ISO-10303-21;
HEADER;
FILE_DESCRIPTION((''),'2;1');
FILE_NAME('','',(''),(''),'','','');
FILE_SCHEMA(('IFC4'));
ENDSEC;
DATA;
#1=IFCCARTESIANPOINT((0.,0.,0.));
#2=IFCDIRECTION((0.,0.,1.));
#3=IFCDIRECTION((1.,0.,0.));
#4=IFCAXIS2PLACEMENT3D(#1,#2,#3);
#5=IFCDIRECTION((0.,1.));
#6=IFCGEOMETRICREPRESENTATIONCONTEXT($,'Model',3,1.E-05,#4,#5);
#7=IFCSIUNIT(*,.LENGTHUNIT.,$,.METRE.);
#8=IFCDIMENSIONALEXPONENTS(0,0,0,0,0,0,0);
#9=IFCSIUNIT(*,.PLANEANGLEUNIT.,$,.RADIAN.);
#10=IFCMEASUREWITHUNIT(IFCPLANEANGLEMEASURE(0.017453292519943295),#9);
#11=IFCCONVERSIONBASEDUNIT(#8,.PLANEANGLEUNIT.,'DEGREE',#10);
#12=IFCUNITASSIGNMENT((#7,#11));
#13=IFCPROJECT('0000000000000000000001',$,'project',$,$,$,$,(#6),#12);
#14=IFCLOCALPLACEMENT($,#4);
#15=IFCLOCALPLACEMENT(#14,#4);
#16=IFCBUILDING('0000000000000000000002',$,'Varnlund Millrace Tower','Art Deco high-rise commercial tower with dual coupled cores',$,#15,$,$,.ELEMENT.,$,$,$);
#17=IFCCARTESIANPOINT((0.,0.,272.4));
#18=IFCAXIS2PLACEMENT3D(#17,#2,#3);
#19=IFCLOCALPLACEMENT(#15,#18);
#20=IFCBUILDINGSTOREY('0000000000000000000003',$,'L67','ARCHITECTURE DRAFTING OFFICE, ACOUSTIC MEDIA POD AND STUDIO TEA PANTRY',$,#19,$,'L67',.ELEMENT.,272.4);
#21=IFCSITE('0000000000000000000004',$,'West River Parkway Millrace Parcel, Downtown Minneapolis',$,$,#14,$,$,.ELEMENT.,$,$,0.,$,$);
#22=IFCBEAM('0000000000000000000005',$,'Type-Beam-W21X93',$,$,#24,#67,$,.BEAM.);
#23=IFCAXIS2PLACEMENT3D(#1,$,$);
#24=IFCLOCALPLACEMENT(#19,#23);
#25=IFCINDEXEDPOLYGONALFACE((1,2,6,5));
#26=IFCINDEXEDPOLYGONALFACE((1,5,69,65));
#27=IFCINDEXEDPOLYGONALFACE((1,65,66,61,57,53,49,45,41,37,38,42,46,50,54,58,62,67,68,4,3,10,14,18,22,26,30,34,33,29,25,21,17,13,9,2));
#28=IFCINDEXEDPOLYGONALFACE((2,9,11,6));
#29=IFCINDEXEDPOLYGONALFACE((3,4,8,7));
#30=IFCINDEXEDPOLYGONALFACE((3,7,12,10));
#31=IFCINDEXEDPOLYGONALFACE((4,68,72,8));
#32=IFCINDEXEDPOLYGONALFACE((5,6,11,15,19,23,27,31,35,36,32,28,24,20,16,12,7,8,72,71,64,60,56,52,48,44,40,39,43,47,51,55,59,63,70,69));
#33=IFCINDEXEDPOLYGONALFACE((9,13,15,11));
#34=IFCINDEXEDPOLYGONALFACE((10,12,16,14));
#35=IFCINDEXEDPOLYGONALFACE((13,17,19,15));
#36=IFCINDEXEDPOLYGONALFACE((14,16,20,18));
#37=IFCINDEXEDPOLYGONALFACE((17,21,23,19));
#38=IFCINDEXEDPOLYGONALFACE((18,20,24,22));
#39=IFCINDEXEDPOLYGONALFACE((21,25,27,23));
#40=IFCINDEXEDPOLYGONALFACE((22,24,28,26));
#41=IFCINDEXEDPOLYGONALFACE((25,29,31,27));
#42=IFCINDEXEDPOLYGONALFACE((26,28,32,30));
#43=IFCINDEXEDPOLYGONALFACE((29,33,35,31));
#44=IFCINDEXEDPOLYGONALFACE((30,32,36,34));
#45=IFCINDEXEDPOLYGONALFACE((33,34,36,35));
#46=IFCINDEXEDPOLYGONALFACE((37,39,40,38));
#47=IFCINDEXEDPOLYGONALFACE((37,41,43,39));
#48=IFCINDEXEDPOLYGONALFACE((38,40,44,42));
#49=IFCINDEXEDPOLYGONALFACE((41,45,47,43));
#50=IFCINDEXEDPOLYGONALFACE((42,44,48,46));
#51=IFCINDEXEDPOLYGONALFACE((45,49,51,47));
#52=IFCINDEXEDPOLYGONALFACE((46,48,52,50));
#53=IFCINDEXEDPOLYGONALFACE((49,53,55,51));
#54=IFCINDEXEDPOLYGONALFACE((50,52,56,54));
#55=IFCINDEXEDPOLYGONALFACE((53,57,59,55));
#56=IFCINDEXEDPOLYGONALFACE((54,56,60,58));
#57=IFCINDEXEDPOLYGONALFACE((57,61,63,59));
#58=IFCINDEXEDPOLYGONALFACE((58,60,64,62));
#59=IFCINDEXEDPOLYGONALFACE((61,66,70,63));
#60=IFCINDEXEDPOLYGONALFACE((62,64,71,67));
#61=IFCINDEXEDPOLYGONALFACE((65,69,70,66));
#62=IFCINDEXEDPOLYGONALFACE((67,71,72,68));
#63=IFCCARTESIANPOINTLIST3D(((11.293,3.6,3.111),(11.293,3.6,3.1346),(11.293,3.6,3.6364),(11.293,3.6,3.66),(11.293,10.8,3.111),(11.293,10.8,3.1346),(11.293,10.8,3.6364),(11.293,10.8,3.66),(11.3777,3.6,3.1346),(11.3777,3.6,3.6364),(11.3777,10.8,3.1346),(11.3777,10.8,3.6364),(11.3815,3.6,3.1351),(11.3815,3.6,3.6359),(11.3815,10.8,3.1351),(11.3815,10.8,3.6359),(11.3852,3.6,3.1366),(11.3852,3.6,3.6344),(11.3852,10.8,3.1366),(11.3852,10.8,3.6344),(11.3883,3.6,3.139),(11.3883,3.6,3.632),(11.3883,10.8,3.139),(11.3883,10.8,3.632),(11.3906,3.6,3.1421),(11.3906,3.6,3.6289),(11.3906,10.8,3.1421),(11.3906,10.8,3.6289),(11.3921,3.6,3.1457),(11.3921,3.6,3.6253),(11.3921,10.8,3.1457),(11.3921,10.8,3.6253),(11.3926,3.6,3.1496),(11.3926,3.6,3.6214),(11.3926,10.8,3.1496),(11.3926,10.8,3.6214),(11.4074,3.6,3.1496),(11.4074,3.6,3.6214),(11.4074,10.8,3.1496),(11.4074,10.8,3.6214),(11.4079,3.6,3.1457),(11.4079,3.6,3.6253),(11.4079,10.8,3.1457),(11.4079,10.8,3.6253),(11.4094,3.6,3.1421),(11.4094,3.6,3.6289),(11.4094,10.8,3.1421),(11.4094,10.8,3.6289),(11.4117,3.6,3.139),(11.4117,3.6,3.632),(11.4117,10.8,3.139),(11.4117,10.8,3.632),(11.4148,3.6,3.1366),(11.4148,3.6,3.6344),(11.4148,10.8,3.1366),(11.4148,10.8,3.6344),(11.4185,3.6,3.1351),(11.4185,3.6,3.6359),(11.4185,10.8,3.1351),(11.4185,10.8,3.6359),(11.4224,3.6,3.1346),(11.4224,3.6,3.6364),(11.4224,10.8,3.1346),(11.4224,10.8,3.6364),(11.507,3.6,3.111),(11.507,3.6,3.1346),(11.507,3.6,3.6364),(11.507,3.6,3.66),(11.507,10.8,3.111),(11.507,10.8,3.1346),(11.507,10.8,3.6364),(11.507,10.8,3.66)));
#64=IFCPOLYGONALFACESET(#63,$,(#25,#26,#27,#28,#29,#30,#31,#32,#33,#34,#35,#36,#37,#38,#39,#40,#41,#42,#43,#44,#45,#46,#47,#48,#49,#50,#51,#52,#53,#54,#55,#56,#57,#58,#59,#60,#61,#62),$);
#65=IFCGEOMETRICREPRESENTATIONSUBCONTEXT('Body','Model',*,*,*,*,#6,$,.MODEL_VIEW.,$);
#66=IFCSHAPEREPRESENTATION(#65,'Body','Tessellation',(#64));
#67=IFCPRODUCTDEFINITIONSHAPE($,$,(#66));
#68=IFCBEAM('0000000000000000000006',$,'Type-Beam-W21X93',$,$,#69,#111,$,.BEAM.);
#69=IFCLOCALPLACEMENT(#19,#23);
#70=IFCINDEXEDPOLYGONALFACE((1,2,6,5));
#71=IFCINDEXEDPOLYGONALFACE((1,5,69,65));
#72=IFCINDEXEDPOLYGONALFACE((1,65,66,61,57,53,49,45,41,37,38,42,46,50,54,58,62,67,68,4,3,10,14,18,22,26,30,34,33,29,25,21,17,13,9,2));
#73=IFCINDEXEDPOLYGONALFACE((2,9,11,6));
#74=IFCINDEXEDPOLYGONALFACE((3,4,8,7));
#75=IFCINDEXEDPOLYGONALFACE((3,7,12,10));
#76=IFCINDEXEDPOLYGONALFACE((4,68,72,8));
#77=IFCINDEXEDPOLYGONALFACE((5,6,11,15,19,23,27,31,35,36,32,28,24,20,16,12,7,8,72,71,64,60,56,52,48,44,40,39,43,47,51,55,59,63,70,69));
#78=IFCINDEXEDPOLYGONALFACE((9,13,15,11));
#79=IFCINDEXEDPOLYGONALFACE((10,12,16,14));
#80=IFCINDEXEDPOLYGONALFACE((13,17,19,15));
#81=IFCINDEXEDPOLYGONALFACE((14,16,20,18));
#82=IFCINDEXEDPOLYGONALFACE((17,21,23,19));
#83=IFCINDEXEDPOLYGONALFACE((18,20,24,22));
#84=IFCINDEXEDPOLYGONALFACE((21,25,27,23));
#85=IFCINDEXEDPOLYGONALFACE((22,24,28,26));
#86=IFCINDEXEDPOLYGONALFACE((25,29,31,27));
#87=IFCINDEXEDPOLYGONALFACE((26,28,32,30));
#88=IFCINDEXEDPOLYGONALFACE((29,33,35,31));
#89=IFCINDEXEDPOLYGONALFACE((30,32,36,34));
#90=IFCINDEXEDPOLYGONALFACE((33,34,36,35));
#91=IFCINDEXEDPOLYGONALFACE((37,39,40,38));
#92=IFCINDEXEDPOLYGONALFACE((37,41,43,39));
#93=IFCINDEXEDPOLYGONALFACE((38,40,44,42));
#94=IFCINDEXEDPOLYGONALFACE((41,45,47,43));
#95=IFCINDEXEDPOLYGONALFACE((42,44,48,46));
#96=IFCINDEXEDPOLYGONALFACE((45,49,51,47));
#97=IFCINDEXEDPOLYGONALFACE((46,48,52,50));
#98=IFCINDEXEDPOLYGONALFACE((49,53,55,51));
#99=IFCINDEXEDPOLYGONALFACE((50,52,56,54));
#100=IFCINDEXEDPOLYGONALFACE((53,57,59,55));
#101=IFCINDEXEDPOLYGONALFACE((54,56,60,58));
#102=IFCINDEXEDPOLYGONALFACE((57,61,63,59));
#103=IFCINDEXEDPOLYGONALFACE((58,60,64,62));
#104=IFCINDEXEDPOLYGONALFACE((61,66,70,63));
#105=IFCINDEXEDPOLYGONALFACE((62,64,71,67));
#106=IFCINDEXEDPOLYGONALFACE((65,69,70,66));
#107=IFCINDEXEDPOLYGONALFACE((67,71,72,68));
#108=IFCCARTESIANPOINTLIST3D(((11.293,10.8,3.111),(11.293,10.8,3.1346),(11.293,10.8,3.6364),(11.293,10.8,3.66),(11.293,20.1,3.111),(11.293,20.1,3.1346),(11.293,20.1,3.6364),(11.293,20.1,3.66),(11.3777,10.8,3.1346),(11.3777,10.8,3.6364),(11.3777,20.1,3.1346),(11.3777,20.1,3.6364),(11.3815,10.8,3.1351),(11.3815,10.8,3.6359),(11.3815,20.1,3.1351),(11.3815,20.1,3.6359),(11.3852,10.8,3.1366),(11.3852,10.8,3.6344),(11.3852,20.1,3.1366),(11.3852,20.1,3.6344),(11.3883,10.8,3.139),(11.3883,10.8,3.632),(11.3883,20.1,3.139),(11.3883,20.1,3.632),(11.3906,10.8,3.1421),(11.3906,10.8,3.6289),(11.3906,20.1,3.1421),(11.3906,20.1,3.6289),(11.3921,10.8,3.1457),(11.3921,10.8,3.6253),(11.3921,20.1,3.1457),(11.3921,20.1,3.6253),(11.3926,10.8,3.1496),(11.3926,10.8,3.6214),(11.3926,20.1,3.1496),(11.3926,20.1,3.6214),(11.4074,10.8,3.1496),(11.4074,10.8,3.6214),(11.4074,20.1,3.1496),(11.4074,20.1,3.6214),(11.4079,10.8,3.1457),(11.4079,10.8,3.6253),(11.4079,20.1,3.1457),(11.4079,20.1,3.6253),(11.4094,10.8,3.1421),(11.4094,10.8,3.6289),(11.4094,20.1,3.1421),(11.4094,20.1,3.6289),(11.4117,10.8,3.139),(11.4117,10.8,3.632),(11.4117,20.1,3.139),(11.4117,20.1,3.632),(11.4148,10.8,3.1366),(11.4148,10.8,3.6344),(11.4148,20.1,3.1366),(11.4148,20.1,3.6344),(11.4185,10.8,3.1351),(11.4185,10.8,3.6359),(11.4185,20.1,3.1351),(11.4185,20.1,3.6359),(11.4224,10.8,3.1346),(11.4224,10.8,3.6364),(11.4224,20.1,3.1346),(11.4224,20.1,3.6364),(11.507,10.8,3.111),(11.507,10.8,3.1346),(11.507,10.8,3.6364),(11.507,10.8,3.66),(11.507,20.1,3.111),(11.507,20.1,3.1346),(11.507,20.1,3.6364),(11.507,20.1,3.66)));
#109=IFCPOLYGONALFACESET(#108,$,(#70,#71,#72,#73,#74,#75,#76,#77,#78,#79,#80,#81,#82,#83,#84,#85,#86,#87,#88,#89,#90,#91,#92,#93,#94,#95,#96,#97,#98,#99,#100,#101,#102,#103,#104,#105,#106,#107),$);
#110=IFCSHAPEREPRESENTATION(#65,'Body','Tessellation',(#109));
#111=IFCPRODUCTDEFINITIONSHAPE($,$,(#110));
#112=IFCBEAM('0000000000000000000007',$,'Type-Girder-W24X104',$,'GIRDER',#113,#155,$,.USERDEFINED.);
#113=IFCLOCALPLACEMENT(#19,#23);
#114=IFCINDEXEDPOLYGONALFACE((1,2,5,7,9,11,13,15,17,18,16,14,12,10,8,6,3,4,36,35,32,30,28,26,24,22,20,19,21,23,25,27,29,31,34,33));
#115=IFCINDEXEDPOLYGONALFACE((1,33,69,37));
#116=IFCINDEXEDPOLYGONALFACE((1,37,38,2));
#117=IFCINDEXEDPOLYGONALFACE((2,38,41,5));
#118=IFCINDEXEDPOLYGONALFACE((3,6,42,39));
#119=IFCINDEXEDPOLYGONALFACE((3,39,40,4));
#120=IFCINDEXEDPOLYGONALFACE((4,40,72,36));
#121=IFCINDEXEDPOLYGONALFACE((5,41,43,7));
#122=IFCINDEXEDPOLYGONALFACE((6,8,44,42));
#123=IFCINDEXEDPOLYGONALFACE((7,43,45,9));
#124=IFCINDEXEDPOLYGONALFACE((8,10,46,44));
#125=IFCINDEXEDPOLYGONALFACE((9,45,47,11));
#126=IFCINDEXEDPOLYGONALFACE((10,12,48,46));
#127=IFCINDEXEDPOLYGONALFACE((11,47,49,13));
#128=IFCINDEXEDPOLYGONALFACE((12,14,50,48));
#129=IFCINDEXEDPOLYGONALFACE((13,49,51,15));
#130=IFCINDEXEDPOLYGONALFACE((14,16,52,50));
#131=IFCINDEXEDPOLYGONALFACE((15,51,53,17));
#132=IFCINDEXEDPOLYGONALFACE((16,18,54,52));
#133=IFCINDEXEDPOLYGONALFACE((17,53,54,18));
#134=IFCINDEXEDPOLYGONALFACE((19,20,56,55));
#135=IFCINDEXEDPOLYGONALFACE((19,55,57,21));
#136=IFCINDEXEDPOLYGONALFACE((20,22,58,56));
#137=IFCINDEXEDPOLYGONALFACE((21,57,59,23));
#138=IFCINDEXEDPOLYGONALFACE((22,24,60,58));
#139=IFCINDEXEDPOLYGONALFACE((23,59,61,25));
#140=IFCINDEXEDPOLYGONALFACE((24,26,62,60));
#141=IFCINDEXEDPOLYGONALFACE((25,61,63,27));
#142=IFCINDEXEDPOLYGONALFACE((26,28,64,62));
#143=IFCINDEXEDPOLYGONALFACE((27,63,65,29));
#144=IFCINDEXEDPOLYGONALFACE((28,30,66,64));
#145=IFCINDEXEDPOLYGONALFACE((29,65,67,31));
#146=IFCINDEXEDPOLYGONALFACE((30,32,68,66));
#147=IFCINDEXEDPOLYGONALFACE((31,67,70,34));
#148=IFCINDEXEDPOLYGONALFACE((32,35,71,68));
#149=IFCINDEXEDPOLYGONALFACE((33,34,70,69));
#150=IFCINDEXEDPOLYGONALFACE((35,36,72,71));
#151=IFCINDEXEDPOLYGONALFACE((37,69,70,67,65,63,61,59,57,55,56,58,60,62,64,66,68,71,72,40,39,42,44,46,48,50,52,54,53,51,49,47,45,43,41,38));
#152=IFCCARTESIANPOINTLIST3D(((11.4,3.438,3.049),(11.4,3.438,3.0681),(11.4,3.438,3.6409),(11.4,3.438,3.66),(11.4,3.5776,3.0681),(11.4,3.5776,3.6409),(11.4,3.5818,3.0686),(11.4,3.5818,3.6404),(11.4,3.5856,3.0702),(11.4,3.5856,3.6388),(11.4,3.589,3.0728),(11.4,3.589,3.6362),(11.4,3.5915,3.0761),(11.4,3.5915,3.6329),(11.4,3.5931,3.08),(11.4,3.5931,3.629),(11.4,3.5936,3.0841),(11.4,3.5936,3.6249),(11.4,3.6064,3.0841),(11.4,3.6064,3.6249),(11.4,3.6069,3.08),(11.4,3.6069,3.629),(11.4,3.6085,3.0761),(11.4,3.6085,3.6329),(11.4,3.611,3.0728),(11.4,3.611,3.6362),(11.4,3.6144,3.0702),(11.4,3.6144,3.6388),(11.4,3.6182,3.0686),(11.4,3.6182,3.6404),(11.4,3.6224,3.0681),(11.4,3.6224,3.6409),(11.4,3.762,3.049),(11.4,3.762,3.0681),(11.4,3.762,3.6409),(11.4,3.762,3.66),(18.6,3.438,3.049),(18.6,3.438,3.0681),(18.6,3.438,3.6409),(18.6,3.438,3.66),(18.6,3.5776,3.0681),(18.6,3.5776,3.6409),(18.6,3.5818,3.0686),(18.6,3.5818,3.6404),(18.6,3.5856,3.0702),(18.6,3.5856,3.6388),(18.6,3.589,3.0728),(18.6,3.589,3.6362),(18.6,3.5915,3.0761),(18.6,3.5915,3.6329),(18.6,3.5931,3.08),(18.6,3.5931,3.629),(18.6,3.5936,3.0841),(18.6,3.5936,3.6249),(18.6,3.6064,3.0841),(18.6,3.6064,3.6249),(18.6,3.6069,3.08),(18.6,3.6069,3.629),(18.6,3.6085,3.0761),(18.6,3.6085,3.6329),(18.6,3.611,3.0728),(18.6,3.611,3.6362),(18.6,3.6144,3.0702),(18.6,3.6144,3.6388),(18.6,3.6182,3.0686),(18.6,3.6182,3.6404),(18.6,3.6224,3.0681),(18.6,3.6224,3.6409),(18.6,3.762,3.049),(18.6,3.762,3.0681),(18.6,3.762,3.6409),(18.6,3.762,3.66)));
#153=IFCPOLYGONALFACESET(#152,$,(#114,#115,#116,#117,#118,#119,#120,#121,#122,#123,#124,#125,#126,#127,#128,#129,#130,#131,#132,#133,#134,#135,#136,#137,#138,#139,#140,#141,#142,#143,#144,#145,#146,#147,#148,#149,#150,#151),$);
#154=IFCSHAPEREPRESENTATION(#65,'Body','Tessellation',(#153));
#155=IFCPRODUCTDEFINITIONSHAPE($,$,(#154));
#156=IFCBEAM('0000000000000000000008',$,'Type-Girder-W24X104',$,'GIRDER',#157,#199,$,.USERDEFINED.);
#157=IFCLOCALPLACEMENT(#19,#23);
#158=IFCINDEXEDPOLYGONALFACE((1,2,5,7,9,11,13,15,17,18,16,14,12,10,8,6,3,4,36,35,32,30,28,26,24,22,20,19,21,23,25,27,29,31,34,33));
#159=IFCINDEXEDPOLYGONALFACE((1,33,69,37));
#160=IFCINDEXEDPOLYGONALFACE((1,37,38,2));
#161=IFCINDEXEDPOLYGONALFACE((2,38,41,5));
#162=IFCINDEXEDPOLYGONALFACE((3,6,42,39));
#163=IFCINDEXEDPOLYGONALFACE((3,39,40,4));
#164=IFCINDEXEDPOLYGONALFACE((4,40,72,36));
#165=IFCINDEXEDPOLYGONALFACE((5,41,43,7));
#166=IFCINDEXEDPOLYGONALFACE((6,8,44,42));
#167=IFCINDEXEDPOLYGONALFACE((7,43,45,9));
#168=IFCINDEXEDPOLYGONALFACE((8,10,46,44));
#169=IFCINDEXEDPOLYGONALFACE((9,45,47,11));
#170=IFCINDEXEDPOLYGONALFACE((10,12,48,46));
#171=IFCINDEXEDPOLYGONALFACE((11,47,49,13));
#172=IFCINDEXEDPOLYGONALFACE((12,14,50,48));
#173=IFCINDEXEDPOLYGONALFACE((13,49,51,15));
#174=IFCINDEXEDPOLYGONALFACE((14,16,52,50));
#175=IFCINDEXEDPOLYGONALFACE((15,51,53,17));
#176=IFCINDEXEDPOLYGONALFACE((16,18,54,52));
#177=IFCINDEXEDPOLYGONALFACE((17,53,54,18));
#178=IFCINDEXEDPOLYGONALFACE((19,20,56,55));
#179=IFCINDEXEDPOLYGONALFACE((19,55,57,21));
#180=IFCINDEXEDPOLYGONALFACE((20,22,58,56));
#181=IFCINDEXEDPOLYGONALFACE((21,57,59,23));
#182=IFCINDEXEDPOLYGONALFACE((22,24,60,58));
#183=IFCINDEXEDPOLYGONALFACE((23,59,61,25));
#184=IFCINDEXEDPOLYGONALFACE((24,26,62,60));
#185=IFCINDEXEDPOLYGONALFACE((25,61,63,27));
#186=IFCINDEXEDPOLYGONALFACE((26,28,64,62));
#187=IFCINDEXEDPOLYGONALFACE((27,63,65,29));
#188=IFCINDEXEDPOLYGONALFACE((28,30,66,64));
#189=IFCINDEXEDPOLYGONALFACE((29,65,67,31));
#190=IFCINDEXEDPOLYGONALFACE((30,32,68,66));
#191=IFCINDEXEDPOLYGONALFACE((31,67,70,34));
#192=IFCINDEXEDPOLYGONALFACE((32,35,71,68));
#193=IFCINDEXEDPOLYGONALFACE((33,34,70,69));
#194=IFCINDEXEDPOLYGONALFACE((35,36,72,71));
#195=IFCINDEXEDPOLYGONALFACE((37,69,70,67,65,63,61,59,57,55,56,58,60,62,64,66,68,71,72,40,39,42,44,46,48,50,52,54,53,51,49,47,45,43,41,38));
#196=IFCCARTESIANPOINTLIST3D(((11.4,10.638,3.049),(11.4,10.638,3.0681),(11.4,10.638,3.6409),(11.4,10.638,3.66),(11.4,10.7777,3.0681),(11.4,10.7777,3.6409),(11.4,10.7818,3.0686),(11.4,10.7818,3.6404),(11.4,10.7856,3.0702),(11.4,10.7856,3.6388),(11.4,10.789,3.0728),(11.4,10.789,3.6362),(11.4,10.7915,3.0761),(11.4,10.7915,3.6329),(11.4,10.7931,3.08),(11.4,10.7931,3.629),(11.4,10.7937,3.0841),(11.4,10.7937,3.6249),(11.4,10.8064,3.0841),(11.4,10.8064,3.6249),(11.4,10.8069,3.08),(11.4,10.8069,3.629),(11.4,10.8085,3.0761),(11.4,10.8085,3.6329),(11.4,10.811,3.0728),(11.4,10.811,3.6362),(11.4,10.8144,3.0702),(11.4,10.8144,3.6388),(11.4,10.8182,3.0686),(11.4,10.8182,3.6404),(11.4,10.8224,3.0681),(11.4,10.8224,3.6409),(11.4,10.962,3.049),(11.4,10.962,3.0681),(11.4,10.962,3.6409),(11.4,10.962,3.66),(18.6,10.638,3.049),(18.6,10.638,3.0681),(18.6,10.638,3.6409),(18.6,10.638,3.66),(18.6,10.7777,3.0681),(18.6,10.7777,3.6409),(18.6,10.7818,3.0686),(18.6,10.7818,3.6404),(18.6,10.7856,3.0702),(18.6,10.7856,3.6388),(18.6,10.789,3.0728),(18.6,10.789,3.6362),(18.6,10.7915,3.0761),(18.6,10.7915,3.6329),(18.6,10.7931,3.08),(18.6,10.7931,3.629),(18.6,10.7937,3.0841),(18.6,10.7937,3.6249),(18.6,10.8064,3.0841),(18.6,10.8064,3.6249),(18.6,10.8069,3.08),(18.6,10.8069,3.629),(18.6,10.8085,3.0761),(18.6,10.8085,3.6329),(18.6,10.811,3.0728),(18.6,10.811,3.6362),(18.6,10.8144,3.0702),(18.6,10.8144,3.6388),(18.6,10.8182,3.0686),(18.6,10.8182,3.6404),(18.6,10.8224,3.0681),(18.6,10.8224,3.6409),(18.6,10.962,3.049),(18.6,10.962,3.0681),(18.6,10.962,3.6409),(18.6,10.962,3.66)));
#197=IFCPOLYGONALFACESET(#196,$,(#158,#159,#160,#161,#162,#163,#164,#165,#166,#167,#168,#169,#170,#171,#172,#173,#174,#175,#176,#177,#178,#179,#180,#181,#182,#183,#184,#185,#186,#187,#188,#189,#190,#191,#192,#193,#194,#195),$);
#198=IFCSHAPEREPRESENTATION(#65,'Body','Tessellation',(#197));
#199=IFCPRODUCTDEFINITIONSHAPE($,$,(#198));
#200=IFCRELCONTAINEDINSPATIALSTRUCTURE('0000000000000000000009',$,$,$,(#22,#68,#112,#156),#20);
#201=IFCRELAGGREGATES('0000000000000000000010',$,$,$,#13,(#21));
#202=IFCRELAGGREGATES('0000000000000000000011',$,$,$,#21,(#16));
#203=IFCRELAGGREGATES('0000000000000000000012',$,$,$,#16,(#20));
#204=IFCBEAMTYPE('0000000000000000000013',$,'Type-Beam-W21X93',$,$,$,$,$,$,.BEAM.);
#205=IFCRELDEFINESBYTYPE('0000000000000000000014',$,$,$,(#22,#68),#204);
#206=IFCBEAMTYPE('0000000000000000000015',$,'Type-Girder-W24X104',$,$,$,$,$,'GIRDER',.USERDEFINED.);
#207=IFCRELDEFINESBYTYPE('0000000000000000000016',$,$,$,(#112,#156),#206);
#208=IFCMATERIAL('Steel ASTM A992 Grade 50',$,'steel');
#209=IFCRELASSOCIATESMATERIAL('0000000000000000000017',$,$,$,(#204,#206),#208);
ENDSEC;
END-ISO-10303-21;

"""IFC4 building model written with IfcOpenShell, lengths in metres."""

from ifc_helpers import new_model, entity, si_unit, converted_unit, direction, frame, origin_with_axes, origin_2d_with_axis, place, context, subcontext, project, spatial, i_section, extrude, material, material_profile, profile_set, type_object, element, save


model = new_model("IFC4")

# Units and contexts
model_context = context("Model", 3, precision=1e-05, world=origin_with_axes(), true_north=direction((0.0, 1.0)))
body_context = subcontext(model_context, "Body", "Model", "MODEL_VIEW")
ifc_project = project(units=[si_unit("LENGTHUNIT", "METRE"), converted_unit("PLANEANGLEUNIT", "DEGREE", entity("IfcPlaneAngleMeasure", 0.017453292519943295), si_unit("PLANEANGLEUNIT", "RADIAN"), dimensions=[0, 0, 0, 0, 0, 0, 0])], contexts=[model_context])

# Site, building, storey
site_placement = place(None, origin_with_axes())
site = spatial("IfcSite", under=ifc_project, at=site_placement, Name="West River Parkway Millrace Parcel, Downtown Minneapolis", CompositionType="ELEMENT", RefElevation=0.0)
building_placement = place(site_placement, origin_with_axes())
building = spatial("IfcBuilding", under=site, at=building_placement, Name="Varnlund Millrace Tower", Description="Art Deco high-rise commercial tower with dual coupled cores", CompositionType="ELEMENT")
storey_placement = place(building_placement, frame((0.0, 0.0, 272.4), z_axis=(0.0, 0.0, 1.0), x_axis=(1.0, 0.0, 0.0)))
storey = spatial("IfcBuildingStorey", under=building, at=storey_placement, Name="L67", Description="ARCHITECTURE DRAFTING OFFICE, ACOUSTIC MEDIA POD AND STUDIO TEA PANTRY", LongName="L67", CompositionType="ELEMENT", Elevation=272.4)

# Beams
ifc_material_1 = material(Name="Steel ASTM A992 Grade 50", Category="steel")
ifc_material_profile_1 = material_profile(ifc_material_1, i_section(OverallWidth=0.214, OverallDepth=0.549, WebThickness=0.0147, FlangeThickness=0.0236, FilletRadius=0.015, at=origin_2d_with_axis()), Name="Steel ASTM A992 Grade 50")
ifc_profile_set_1 = profile_set([ifc_material_profile_1], Name="Steel ASTM A992 Grade 50")
beam_type_1 = type_object("IfcBeamType", Name="Type-Beam-W21X93", PredefinedType="BEAM", material=ifc_profile_set_1)
beam_1_placement = place(storey_placement, frame((11.4, 3.6, 3.3855), z_axis=(0.0, 1.0, 0.0), x_axis=(-1.0, 0.0, 0.0)))
element("IfcBeam", 1, at=beam_1_placement, inside=storey, type_object=beam_type_1, Name="Type-Beam-W21X93", PredefinedType="BEAM", context=body_context, shape_type="SweptSolid", body=[
    extrude(i_section(OverallWidth=0.214, OverallDepth=0.549, WebThickness=0.0147, FlangeThickness=0.0236, FilletRadius=0.015, at=origin_2d_with_axis()), origin_with_axes(), (0.0, 0.0, 1.0), 7.2),
])
beam_2_placement = place(storey_placement, frame((11.4, 10.8, 3.3855), z_axis=(0.0, 1.0, 0.0), x_axis=(-1.0, 0.0, 0.0)))
element("IfcBeam", 2, at=beam_2_placement, inside=storey, type_object=beam_type_1, Name="Type-Beam-W21X93", PredefinedType="BEAM", context=body_context, shape_type="SweptSolid", body=[
    extrude(i_section(OverallWidth=0.214, OverallDepth=0.549, WebThickness=0.0147, FlangeThickness=0.0236, FilletRadius=0.015, at=origin_2d_with_axis()), origin_with_axes(), (0.0, 0.0, 1.0), 9.3),
])
ifc_material_profile_2 = material_profile(ifc_material_1, i_section(OverallWidth=0.324, OverallDepth=0.611, WebThickness=0.0127, FlangeThickness=0.0191, FilletRadius=0.016, at=origin_2d_with_axis()), Name="Steel ASTM A992 Grade 50")
ifc_profile_set_2 = profile_set([ifc_material_profile_2], Name="Steel ASTM A992 Grade 50")
beam_type_2 = type_object("IfcBeamType", Name="Type-Girder-W24X104", ElementType="GIRDER", PredefinedType="USERDEFINED", material=ifc_profile_set_2)
for number, where, z_axis, x_axis, name in (
    (3, (11.4, 3.6, 3.3545), (1.0, 0.0, 0.0), (0.0, 1.0, 0.0), "Type-Girder-W24X104"),
    (4, (11.4, 10.8, 3.3545), (1.0, 0.0, 0.0), (0.0, 1.0, 0.0), "Type-Girder-W24X104"),
):
    element("IfcBeam", number, at=place(storey_placement, frame(where, z_axis=z_axis, x_axis=x_axis)), inside=storey, type_object=beam_type_2, Name=name, ObjectType="GIRDER", PredefinedType="USERDEFINED", context=body_context, shape_type="SweptSolid", body=[
        extrude(i_section(OverallWidth=0.324, OverallDepth=0.611, WebThickness=0.0127, FlangeThickness=0.0191, FilletRadius=0.016, at=origin_2d_with_axis()), origin_with_axes(), (0.0, 0.0, 1.0), 7.2),
    ])

save(model, "model.ifc")
